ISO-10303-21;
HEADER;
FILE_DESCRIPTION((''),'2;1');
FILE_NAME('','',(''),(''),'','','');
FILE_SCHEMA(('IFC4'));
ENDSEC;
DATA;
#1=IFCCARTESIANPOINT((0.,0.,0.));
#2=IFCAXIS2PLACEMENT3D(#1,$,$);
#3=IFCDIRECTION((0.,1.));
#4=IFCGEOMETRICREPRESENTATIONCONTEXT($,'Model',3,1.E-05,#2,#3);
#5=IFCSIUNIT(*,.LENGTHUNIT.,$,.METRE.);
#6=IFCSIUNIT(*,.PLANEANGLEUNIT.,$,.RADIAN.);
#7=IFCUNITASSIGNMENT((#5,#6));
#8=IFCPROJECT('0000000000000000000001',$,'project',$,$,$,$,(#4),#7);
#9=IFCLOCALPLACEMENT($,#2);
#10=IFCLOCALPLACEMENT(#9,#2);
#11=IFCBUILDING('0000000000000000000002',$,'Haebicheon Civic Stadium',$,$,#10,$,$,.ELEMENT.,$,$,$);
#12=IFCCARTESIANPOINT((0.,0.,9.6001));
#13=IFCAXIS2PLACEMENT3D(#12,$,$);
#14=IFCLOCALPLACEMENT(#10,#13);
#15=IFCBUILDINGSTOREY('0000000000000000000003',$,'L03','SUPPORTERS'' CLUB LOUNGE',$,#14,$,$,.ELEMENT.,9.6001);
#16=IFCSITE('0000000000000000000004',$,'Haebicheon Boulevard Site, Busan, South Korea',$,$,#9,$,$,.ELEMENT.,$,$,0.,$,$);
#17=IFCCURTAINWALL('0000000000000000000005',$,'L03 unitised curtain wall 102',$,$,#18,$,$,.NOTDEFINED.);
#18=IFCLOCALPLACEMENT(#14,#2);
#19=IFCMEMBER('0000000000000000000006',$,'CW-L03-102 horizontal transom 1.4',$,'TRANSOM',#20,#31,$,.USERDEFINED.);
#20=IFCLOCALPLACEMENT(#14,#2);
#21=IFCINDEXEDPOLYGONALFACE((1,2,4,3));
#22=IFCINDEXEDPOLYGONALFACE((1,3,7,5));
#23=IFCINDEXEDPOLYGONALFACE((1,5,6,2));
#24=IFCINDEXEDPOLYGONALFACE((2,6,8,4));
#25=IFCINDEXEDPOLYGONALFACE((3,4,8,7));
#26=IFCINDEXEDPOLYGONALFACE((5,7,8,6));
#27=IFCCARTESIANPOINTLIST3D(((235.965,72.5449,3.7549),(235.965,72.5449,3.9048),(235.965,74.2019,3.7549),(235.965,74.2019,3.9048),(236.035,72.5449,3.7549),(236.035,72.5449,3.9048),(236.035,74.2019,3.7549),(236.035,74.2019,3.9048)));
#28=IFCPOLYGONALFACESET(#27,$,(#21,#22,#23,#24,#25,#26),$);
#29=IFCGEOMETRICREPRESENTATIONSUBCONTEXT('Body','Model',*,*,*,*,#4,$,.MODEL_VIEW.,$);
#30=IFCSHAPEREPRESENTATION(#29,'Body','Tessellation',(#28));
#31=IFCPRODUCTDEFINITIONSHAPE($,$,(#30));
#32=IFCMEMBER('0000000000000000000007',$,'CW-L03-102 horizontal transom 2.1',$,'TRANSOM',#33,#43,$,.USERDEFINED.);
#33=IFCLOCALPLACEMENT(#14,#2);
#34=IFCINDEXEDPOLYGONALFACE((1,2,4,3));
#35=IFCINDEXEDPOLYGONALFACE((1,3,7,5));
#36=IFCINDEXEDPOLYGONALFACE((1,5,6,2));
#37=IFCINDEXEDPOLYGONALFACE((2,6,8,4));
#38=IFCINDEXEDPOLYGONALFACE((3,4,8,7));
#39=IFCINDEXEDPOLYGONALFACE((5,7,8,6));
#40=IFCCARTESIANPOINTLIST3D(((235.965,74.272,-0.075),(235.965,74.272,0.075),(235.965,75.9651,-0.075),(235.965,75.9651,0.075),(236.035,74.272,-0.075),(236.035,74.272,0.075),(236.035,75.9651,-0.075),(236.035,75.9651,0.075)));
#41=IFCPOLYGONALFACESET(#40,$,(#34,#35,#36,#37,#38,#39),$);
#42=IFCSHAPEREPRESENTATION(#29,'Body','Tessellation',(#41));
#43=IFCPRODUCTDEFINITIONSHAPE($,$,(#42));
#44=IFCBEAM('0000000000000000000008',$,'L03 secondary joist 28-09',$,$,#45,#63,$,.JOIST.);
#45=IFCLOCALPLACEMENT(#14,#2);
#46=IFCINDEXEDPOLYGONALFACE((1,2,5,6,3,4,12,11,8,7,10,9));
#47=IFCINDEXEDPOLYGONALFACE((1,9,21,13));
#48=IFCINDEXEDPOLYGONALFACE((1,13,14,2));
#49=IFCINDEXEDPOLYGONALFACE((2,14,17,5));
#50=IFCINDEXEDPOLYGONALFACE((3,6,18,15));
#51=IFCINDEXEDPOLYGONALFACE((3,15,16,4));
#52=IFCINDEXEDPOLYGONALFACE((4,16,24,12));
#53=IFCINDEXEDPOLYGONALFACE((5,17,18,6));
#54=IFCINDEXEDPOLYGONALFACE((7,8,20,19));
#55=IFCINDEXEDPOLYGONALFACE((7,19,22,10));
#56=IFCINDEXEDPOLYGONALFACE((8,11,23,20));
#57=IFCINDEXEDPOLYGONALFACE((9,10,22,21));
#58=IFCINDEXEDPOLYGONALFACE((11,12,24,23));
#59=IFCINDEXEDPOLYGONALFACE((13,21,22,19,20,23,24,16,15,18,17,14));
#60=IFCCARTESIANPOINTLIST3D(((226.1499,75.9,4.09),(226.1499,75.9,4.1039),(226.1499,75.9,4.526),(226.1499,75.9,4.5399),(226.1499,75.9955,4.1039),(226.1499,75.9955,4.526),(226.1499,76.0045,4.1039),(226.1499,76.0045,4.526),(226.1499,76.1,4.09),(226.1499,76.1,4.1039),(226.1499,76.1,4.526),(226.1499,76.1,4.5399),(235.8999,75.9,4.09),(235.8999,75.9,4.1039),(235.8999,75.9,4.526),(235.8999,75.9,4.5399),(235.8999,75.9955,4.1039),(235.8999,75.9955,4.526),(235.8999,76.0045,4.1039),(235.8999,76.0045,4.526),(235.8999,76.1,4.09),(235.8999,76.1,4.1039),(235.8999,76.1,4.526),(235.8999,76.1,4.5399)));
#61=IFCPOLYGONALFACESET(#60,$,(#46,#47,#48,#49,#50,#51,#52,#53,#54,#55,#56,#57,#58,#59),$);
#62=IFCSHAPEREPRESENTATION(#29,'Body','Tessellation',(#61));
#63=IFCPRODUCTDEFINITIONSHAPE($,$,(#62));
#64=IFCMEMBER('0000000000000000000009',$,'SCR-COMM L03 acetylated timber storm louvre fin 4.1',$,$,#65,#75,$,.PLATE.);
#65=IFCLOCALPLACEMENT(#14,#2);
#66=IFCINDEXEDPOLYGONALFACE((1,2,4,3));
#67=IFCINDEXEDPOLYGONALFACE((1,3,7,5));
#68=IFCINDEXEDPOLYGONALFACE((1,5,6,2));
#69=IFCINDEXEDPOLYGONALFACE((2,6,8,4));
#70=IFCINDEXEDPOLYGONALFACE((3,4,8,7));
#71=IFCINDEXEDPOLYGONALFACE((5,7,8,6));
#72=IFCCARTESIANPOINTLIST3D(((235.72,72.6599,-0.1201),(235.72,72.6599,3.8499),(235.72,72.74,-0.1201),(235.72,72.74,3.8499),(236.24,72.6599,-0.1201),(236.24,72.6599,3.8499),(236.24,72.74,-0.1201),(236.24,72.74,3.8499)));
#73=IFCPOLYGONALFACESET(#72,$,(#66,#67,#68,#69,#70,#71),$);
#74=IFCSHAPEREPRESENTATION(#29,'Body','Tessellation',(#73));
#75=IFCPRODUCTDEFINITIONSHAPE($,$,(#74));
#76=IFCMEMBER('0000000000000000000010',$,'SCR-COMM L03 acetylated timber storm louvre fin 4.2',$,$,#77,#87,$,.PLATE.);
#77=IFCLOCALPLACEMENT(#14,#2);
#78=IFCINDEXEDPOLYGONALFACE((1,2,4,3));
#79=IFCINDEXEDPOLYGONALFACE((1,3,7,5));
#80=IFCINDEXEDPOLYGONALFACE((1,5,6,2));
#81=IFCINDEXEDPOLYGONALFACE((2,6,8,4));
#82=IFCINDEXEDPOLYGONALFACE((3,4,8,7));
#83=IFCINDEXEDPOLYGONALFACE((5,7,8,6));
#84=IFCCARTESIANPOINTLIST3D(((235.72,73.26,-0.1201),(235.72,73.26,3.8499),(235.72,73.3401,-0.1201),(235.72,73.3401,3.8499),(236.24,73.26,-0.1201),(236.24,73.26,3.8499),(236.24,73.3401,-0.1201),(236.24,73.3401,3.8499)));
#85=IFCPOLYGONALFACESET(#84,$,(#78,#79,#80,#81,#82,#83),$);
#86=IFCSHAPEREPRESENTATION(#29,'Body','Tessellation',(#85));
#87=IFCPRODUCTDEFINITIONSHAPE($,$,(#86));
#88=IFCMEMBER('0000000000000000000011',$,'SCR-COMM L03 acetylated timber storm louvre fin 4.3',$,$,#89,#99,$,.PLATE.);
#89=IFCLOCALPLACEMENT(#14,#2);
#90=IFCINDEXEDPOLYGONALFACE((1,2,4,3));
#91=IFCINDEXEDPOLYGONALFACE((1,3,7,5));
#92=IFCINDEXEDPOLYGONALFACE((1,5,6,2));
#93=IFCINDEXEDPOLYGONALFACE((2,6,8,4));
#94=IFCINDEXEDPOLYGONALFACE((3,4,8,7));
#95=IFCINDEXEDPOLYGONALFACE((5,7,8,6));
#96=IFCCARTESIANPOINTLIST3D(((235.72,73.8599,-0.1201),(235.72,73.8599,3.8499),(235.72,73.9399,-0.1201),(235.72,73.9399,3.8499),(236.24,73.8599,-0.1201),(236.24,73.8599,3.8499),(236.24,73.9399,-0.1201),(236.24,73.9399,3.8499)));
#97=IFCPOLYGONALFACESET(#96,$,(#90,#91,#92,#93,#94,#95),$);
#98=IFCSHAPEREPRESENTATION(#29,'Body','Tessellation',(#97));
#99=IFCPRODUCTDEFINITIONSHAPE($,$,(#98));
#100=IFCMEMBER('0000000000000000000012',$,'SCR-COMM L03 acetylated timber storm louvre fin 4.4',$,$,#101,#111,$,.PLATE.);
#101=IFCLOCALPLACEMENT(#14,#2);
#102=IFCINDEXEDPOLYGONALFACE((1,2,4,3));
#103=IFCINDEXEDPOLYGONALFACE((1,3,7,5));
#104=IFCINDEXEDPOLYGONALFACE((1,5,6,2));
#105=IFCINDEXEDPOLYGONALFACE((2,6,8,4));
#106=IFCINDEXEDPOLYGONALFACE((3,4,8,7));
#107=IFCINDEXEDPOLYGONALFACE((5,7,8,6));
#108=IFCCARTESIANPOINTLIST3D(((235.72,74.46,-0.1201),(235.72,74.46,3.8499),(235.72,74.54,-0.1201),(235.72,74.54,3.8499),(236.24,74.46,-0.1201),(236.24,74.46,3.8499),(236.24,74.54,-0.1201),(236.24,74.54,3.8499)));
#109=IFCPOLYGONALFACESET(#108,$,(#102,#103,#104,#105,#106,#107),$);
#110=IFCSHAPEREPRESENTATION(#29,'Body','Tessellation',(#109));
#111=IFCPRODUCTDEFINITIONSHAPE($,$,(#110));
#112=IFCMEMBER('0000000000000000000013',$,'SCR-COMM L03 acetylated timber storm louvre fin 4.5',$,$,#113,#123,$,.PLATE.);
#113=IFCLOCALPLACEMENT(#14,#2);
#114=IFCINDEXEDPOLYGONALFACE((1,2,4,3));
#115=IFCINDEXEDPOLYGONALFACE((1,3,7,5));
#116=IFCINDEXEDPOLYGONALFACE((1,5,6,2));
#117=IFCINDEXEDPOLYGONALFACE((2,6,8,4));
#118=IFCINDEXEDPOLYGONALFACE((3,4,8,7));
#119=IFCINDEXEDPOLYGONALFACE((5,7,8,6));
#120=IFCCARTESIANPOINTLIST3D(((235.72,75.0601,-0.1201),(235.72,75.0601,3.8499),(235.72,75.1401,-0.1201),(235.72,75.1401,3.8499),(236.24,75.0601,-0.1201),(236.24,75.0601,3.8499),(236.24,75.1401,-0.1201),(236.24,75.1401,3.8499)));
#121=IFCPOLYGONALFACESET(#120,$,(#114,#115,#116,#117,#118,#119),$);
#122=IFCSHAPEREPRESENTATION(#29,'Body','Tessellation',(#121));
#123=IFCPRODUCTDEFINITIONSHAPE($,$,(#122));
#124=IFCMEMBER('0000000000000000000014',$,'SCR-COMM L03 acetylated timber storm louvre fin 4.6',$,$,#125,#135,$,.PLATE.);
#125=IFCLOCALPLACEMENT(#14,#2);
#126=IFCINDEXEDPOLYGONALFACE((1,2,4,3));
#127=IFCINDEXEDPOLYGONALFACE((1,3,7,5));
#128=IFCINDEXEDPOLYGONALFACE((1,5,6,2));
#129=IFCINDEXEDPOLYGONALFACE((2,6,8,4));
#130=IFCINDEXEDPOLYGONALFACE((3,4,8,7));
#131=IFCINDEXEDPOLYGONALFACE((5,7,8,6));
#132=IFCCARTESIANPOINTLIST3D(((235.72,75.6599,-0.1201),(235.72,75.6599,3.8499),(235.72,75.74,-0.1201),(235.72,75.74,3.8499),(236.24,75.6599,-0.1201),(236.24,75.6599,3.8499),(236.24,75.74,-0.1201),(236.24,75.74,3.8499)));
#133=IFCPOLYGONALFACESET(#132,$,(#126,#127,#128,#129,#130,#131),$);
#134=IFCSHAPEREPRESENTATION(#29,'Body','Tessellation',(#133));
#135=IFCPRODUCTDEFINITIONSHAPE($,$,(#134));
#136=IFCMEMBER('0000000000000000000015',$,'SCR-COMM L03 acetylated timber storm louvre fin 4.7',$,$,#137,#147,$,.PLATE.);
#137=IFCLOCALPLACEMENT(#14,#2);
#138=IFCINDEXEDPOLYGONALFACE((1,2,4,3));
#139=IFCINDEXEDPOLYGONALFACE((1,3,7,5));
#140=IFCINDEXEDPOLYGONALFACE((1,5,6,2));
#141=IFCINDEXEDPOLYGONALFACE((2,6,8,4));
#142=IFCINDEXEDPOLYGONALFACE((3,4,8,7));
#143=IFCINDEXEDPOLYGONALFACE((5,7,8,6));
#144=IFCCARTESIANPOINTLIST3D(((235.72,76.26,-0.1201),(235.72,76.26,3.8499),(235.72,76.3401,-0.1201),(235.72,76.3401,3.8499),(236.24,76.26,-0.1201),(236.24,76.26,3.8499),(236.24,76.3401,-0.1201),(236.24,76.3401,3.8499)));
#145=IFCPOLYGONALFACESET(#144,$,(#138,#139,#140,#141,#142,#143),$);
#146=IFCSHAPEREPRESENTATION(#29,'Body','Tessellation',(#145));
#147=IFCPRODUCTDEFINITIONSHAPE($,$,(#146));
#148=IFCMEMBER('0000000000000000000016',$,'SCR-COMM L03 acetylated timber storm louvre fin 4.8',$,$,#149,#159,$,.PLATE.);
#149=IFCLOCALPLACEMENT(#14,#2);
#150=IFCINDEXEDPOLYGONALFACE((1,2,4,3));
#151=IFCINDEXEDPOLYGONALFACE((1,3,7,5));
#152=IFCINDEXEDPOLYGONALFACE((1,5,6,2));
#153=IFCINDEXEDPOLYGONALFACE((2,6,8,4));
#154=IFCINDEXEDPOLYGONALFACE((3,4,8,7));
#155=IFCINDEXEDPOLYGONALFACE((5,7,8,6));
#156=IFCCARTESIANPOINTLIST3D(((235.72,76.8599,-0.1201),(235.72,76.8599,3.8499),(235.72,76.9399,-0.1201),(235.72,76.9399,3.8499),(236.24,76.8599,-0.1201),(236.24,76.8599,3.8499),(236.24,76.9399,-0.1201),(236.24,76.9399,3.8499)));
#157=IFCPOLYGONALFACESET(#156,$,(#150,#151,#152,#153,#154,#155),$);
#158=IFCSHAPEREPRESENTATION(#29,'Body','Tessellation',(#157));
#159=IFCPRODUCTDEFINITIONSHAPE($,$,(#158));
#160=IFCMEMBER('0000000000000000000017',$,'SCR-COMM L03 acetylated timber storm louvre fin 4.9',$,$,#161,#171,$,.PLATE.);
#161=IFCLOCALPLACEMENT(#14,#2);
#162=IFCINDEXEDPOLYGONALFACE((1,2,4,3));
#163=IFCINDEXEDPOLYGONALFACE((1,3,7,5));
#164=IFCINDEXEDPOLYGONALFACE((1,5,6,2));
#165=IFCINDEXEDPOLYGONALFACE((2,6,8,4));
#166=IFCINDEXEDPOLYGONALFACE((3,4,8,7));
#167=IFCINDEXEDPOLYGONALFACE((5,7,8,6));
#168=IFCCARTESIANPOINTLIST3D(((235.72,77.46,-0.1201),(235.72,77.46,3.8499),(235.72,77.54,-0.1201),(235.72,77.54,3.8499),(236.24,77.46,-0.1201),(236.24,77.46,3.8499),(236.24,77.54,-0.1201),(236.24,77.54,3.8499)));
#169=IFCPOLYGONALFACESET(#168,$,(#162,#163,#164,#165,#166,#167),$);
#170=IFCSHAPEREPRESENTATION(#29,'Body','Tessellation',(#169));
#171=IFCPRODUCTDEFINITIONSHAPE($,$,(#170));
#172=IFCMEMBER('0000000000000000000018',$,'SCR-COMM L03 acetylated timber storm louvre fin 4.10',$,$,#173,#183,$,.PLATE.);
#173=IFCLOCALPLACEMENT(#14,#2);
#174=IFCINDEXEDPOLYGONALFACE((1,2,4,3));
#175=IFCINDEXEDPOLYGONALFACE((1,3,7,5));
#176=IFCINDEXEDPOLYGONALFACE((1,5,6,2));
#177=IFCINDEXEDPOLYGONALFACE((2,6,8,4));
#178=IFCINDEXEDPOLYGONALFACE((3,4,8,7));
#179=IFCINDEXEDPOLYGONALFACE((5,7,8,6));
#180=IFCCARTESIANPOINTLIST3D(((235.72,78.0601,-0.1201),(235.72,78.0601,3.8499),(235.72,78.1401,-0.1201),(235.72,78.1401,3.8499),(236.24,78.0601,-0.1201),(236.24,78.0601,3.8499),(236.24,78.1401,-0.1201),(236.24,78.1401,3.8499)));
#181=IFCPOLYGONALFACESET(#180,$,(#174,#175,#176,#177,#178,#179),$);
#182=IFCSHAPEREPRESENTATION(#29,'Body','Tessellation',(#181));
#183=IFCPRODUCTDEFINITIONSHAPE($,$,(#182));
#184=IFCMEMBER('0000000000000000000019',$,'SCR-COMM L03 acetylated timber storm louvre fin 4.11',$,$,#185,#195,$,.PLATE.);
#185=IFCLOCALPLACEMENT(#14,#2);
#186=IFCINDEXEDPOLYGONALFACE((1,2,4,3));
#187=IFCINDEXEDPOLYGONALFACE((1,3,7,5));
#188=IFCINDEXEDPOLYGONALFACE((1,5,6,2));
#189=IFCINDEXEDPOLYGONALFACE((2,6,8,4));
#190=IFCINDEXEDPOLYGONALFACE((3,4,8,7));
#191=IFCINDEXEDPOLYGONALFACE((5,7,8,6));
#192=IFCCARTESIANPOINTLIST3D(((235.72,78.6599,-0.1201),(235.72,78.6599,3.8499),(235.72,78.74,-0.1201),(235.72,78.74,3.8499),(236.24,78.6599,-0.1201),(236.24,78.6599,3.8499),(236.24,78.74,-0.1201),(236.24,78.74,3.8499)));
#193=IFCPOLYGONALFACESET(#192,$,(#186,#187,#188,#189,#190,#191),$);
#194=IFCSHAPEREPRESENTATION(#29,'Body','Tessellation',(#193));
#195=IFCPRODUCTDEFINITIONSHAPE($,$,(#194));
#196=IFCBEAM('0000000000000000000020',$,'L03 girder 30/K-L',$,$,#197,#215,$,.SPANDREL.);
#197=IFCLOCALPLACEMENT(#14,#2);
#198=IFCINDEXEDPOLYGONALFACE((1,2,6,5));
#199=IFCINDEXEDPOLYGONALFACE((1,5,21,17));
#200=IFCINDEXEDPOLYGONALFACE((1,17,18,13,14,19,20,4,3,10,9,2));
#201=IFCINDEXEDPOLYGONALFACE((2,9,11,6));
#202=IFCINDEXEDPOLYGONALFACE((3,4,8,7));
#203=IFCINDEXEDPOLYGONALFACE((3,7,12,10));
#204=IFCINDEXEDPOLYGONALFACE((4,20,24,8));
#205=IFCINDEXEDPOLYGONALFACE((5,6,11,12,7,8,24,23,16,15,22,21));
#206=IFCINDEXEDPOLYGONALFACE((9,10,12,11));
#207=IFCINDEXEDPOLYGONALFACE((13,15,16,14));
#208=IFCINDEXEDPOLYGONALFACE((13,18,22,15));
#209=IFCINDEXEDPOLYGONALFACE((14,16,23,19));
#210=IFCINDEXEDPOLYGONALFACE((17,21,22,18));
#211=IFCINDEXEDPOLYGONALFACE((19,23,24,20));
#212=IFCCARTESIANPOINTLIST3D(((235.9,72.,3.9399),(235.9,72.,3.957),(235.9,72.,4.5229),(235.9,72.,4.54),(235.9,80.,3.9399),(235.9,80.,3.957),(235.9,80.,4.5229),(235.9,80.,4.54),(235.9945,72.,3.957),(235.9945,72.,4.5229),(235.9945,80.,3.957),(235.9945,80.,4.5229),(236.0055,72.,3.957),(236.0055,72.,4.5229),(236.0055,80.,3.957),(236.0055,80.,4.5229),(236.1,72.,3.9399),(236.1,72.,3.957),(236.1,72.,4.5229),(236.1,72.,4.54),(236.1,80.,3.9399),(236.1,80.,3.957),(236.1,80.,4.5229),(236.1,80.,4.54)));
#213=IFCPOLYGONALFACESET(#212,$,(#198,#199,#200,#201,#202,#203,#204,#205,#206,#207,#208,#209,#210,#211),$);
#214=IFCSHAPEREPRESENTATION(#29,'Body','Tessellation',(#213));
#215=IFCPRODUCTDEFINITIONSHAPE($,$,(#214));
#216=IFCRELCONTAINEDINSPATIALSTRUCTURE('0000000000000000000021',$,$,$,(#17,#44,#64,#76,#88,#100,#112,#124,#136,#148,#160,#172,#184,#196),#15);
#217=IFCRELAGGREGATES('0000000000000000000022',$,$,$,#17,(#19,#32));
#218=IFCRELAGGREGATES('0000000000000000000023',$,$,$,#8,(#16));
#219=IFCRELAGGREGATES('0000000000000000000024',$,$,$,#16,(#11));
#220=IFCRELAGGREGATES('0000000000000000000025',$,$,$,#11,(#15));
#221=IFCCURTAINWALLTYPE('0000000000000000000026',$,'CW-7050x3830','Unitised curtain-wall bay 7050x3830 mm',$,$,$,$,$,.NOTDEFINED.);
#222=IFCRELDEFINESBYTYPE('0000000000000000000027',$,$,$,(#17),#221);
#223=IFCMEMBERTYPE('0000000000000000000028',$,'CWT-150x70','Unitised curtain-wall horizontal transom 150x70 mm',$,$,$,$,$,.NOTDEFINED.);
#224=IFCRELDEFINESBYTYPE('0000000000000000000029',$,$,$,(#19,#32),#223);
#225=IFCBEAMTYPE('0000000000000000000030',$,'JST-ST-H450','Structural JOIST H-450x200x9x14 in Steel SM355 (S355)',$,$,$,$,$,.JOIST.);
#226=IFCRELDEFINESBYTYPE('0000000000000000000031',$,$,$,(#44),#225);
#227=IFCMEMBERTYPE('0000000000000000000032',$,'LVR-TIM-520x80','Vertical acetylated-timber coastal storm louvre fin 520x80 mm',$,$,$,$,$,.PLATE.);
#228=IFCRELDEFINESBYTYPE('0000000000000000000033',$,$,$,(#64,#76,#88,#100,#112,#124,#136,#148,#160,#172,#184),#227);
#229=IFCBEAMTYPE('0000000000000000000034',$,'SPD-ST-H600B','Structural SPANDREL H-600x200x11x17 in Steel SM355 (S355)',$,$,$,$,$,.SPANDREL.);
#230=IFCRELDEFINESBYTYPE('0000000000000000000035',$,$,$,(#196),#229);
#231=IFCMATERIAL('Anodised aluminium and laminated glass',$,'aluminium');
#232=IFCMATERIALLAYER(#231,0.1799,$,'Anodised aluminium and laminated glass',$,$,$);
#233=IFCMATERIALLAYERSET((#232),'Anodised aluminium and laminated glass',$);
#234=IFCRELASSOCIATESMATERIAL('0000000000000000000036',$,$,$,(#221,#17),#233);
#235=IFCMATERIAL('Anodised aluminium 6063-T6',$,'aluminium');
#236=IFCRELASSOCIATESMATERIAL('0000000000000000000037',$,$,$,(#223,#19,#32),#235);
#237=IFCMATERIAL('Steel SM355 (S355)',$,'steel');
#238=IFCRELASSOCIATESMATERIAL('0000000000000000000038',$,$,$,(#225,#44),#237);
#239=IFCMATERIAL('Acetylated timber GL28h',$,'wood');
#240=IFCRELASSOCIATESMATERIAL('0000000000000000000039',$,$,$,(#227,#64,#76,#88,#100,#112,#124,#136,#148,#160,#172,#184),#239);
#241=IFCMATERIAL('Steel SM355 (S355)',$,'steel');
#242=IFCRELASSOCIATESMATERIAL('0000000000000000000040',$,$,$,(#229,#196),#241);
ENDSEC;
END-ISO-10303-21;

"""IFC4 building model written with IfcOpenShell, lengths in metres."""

from ifc_helpers import new_model, si_unit, direction, frame, origin, origin_2d, place, context, subcontext, project, spatial, rectangle, i_section, extrude, material, layer, layer_set, material_profile, profile_set, type_object, element, aggregate, save


model = new_model("IFC4")

# Units and contexts
model_context = context("Model", 3, precision=1e-05, world=origin(), true_north=direction((0.0, 1.0)))
body_context = subcontext(model_context, "Body", "Model", "MODEL_VIEW")
ifc_project = project(units=[si_unit("LENGTHUNIT", "METRE"), si_unit("PLANEANGLEUNIT", "RADIAN")], contexts=[model_context])

# Site, building, storey
site_placement = place(None, origin())
site = spatial("IfcSite", under=ifc_project, at=site_placement, Name="Haebicheon Boulevard Site, Busan, South Korea", CompositionType="ELEMENT", RefElevation=0.0)
building_placement = place(site_placement, origin())
building = spatial("IfcBuilding", under=site, at=building_placement, Name="Haebicheon Civic Stadium", CompositionType="ELEMENT")
storey_placement = place(building_placement, frame((0.0, 0.0, 9.6001)))
storey = spatial("IfcBuildingStorey", under=building, at=storey_placement, Name="L03", Description="SUPPORTERS' CLUB LOUNGE", CompositionType="ELEMENT", Elevation=9.6001)

# Curtain wall, members
ifc_material_1 = material(Name="Anodised aluminium and laminated glass", Category="aluminium")
ifc_layer_1 = layer(ifc_material_1, 0.1799, Name="Anodised aluminium and laminated glass")
ifc_layer_set_1 = layer_set([ifc_layer_1], Name="Anodised aluminium and laminated glass")
curtain_wall_type = type_object("IfcCurtainWallType", Name="CW-7050x3830", Description="Unitised curtain-wall bay 7050x3830 mm", PredefinedType="NOTDEFINED", material=ifc_layer_set_1)
curtain_wall_placement = place(storey_placement, origin())
curtain_wall = element("IfcCurtainWall", 1, at=curtain_wall_placement, inside=storey, type_object=curtain_wall_type, material=ifc_layer_set_1, Name="L03 unitised curtain wall 102", PredefinedType="NOTDEFINED")
ifc_material_2 = material(Name="Anodised aluminium 6063-T6", Category="aluminium")
ifc_material_profile_1 = material_profile(ifc_material_2, rectangle(XDim=0.0701, YDim=0.1499, at=origin_2d()), Name="ALU-TRAN-70x150")
ifc_profile_set_1 = profile_set([ifc_material_profile_1], Name="Anodised aluminium 6063-T6")
member_type_1 = type_object("IfcMemberType", Name="CWT-150x70", Description="Unitised curtain-wall horizontal transom 150x70 mm", PredefinedType="NOTDEFINED", material=ifc_profile_set_1)
member_1_placement = place(storey_placement, frame((236.0, 72.5449, 3.8298), z_axis=(0.0, 1.0, 0.0), x_axis=(-1.0, 0.0, 0.0)))
member_1 = element("IfcMember", 2, at=member_1_placement, type_object=member_type_1, material=ifc_profile_set_1, Name="CW-L03-102 horizontal transom 1.4", ObjectType="TRANSOM", PredefinedType="USERDEFINED", context=body_context, shape_type="SweptSolid", body=[
    extrude(rectangle(XDim=0.0701, YDim=0.1499, at=origin_2d()), origin(), (0.0, 0.0, 1.0), 1.657),
])
member_2_placement = place(storey_placement, frame((236.0, 74.272, 0.0), z_axis=(0.0, 1.0, 0.0), x_axis=(-1.0, 0.0, 0.0)))
member_2 = element("IfcMember", 3, at=member_2_placement, type_object=member_type_1, material=ifc_profile_set_1, Name="CW-L03-102 horizontal transom 2.1", ObjectType="TRANSOM", PredefinedType="USERDEFINED", context=body_context, shape_type="SweptSolid", body=[
    extrude(rectangle(XDim=0.0701, YDim=0.1499, at=origin_2d()), origin(), (0.0, 0.0, 1.0), 1.6931),
])

# Beam
ifc_material_3 = material(Name="Steel SM355 (S355)", Category="steel")
ifc_material_profile_2 = material_profile(ifc_material_3, i_section(OverallWidth=0.2, OverallDepth=0.45, WebThickness=0.009, FlangeThickness=0.0139, at=origin_2d()), Name="H-450x200x9x14")
ifc_profile_set_2 = profile_set([ifc_material_profile_2], Name="Steel SM355 (S355)")
beam_type_1 = type_object("IfcBeamType", Name="JST-ST-H450", Description="Structural JOIST H-450x200x9x14 in Steel SM355 (S355)", PredefinedType="JOIST", material=ifc_profile_set_2)
beam_1_placement = place(storey_placement, frame((226.1499, 76.0, 4.3149), z_axis=(1.0, 0.0, 0.0), x_axis=(0.0, 1.0, 0.0)))
element("IfcBeam", 4, at=beam_1_placement, inside=storey, type_object=beam_type_1, material=ifc_profile_set_2, Name="L03 secondary joist 28-09", PredefinedType="JOIST", context=body_context, shape_type="SweptSolid", body=[
    extrude(i_section(OverallWidth=0.2, OverallDepth=0.45, WebThickness=0.009, FlangeThickness=0.0139, at=origin_2d()), origin(), (0.0, 0.0, 1.0), 9.75),
])

# Members
ifc_material_4 = material(Name="Acetylated timber GL28h", Category="wood")
ifc_material_profile_3 = material_profile(ifc_material_4, rectangle(XDim=0.0801, YDim=0.52, at=origin_2d()), Name="TMB-LOUV-80x520")
ifc_profile_set_3 = profile_set([ifc_material_profile_3], Name="Acetylated timber GL28h")
member_type_2 = type_object("IfcMemberType", Name="LVR-TIM-520x80", Description="Vertical acetylated-timber coastal storm louvre fin 520x80 mm", PredefinedType="PLATE", material=ifc_profile_set_3)
for number, where, z_axis, x_axis, name in (
    (5, (235.98, 72.7, -0.1201), (0.0, 0.0, 1.0), (0.0, 1.0, 0.0), "SCR-COMM L03 acetylated timber storm louvre fin 4.1"),
    (6, (235.98, 73.3, -0.1201), (0.0, 0.0, 1.0), (0.0, 1.0, 0.0), "SCR-COMM L03 acetylated timber storm louvre fin 4.2"),
    (7, (235.98, 73.8999, -0.1201), (0.0, 0.0, 1.0), (0.0, 1.0, 0.0), "SCR-COMM L03 acetylated timber storm louvre fin 4.3"),
    (8, (235.98, 74.5, -0.1201), (0.0, 0.0, 1.0), (0.0, 1.0, 0.0), "SCR-COMM L03 acetylated timber storm louvre fin 4.4"),
    (9, (235.98, 75.1001, -0.1201), (0.0, 0.0, 1.0), (0.0, 1.0, 0.0), "SCR-COMM L03 acetylated timber storm louvre fin 4.5"),
    (10, (235.98, 75.7, -0.1201), (0.0, 0.0, 1.0), (0.0, 1.0, 0.0), "SCR-COMM L03 acetylated timber storm louvre fin 4.6"),
    (11, (235.98, 76.3, -0.1201), (0.0, 0.0, 1.0), (0.0, 1.0, 0.0), "SCR-COMM L03 acetylated timber storm louvre fin 4.7"),
    (12, (235.98, 76.8999, -0.1201), (0.0, 0.0, 1.0), (0.0, 1.0, 0.0), "SCR-COMM L03 acetylated timber storm louvre fin 4.8"),
    (13, (235.98, 77.5, -0.1201), (0.0, 0.0, 1.0), (0.0, 1.0, 0.0), "SCR-COMM L03 acetylated timber storm louvre fin 4.9"),
    (14, (235.98, 78.1001, -0.1201), (0.0, 0.0, 1.0), (0.0, 1.0, 0.0), "SCR-COMM L03 acetylated timber storm louvre fin 4.10"),
    (15, (235.98, 78.7, -0.1201), (0.0, 0.0, 1.0), (0.0, 1.0, 0.0), "SCR-COMM L03 acetylated timber storm louvre fin 4.11"),
):
    element("IfcMember", number, at=place(storey_placement, frame(where, z_axis=z_axis, x_axis=x_axis)), inside=storey, type_object=member_type_2, material=ifc_profile_set_3, Name=name, PredefinedType="PLATE", context=body_context, shape_type="SweptSolid", body=[
        extrude(rectangle(XDim=0.0801, YDim=0.52, at=origin_2d()), origin(), (0.0, 0.0, 1.0), 3.97),
    ])

# Beam
ifc_material_5 = material(Name="Steel SM355 (S355)", Category="steel")
ifc_material_profile_4 = material_profile(ifc_material_5, i_section(OverallWidth=0.2, OverallDepth=0.6001, WebThickness=0.011, FlangeThickness=0.0171, at=origin_2d()), Name="H-600x200x11x17")
ifc_profile_set_4 = profile_set([ifc_material_profile_4], Name="Steel SM355 (S355)")
beam_type_2 = type_object("IfcBeamType", Name="SPD-ST-H600B", Description="Structural SPANDREL H-600x200x11x17 in Steel SM355 (S355)", PredefinedType="SPANDREL", material=ifc_profile_set_4)
beam_2_placement = place(storey_placement, frame((236.0, 72.0, 4.24), z_axis=(0.0, 1.0, 0.0), x_axis=(-1.0, 0.0, 0.0)))
element("IfcBeam", 16, at=beam_2_placement, inside=storey, type_object=beam_type_2, material=ifc_profile_set_4, Name="L03 girder 30/K-L", PredefinedType="SPANDREL", context=body_context, shape_type="SweptSolid", body=[
    extrude(i_section(OverallWidth=0.2, OverallDepth=0.6001, WebThickness=0.011, FlangeThickness=0.0171, at=origin_2d()), origin(), (0.0, 0.0, 1.0), 8.0),
])

aggregate(curtain_wall, [member_1, member_2])

save(model, "model.ifc")
